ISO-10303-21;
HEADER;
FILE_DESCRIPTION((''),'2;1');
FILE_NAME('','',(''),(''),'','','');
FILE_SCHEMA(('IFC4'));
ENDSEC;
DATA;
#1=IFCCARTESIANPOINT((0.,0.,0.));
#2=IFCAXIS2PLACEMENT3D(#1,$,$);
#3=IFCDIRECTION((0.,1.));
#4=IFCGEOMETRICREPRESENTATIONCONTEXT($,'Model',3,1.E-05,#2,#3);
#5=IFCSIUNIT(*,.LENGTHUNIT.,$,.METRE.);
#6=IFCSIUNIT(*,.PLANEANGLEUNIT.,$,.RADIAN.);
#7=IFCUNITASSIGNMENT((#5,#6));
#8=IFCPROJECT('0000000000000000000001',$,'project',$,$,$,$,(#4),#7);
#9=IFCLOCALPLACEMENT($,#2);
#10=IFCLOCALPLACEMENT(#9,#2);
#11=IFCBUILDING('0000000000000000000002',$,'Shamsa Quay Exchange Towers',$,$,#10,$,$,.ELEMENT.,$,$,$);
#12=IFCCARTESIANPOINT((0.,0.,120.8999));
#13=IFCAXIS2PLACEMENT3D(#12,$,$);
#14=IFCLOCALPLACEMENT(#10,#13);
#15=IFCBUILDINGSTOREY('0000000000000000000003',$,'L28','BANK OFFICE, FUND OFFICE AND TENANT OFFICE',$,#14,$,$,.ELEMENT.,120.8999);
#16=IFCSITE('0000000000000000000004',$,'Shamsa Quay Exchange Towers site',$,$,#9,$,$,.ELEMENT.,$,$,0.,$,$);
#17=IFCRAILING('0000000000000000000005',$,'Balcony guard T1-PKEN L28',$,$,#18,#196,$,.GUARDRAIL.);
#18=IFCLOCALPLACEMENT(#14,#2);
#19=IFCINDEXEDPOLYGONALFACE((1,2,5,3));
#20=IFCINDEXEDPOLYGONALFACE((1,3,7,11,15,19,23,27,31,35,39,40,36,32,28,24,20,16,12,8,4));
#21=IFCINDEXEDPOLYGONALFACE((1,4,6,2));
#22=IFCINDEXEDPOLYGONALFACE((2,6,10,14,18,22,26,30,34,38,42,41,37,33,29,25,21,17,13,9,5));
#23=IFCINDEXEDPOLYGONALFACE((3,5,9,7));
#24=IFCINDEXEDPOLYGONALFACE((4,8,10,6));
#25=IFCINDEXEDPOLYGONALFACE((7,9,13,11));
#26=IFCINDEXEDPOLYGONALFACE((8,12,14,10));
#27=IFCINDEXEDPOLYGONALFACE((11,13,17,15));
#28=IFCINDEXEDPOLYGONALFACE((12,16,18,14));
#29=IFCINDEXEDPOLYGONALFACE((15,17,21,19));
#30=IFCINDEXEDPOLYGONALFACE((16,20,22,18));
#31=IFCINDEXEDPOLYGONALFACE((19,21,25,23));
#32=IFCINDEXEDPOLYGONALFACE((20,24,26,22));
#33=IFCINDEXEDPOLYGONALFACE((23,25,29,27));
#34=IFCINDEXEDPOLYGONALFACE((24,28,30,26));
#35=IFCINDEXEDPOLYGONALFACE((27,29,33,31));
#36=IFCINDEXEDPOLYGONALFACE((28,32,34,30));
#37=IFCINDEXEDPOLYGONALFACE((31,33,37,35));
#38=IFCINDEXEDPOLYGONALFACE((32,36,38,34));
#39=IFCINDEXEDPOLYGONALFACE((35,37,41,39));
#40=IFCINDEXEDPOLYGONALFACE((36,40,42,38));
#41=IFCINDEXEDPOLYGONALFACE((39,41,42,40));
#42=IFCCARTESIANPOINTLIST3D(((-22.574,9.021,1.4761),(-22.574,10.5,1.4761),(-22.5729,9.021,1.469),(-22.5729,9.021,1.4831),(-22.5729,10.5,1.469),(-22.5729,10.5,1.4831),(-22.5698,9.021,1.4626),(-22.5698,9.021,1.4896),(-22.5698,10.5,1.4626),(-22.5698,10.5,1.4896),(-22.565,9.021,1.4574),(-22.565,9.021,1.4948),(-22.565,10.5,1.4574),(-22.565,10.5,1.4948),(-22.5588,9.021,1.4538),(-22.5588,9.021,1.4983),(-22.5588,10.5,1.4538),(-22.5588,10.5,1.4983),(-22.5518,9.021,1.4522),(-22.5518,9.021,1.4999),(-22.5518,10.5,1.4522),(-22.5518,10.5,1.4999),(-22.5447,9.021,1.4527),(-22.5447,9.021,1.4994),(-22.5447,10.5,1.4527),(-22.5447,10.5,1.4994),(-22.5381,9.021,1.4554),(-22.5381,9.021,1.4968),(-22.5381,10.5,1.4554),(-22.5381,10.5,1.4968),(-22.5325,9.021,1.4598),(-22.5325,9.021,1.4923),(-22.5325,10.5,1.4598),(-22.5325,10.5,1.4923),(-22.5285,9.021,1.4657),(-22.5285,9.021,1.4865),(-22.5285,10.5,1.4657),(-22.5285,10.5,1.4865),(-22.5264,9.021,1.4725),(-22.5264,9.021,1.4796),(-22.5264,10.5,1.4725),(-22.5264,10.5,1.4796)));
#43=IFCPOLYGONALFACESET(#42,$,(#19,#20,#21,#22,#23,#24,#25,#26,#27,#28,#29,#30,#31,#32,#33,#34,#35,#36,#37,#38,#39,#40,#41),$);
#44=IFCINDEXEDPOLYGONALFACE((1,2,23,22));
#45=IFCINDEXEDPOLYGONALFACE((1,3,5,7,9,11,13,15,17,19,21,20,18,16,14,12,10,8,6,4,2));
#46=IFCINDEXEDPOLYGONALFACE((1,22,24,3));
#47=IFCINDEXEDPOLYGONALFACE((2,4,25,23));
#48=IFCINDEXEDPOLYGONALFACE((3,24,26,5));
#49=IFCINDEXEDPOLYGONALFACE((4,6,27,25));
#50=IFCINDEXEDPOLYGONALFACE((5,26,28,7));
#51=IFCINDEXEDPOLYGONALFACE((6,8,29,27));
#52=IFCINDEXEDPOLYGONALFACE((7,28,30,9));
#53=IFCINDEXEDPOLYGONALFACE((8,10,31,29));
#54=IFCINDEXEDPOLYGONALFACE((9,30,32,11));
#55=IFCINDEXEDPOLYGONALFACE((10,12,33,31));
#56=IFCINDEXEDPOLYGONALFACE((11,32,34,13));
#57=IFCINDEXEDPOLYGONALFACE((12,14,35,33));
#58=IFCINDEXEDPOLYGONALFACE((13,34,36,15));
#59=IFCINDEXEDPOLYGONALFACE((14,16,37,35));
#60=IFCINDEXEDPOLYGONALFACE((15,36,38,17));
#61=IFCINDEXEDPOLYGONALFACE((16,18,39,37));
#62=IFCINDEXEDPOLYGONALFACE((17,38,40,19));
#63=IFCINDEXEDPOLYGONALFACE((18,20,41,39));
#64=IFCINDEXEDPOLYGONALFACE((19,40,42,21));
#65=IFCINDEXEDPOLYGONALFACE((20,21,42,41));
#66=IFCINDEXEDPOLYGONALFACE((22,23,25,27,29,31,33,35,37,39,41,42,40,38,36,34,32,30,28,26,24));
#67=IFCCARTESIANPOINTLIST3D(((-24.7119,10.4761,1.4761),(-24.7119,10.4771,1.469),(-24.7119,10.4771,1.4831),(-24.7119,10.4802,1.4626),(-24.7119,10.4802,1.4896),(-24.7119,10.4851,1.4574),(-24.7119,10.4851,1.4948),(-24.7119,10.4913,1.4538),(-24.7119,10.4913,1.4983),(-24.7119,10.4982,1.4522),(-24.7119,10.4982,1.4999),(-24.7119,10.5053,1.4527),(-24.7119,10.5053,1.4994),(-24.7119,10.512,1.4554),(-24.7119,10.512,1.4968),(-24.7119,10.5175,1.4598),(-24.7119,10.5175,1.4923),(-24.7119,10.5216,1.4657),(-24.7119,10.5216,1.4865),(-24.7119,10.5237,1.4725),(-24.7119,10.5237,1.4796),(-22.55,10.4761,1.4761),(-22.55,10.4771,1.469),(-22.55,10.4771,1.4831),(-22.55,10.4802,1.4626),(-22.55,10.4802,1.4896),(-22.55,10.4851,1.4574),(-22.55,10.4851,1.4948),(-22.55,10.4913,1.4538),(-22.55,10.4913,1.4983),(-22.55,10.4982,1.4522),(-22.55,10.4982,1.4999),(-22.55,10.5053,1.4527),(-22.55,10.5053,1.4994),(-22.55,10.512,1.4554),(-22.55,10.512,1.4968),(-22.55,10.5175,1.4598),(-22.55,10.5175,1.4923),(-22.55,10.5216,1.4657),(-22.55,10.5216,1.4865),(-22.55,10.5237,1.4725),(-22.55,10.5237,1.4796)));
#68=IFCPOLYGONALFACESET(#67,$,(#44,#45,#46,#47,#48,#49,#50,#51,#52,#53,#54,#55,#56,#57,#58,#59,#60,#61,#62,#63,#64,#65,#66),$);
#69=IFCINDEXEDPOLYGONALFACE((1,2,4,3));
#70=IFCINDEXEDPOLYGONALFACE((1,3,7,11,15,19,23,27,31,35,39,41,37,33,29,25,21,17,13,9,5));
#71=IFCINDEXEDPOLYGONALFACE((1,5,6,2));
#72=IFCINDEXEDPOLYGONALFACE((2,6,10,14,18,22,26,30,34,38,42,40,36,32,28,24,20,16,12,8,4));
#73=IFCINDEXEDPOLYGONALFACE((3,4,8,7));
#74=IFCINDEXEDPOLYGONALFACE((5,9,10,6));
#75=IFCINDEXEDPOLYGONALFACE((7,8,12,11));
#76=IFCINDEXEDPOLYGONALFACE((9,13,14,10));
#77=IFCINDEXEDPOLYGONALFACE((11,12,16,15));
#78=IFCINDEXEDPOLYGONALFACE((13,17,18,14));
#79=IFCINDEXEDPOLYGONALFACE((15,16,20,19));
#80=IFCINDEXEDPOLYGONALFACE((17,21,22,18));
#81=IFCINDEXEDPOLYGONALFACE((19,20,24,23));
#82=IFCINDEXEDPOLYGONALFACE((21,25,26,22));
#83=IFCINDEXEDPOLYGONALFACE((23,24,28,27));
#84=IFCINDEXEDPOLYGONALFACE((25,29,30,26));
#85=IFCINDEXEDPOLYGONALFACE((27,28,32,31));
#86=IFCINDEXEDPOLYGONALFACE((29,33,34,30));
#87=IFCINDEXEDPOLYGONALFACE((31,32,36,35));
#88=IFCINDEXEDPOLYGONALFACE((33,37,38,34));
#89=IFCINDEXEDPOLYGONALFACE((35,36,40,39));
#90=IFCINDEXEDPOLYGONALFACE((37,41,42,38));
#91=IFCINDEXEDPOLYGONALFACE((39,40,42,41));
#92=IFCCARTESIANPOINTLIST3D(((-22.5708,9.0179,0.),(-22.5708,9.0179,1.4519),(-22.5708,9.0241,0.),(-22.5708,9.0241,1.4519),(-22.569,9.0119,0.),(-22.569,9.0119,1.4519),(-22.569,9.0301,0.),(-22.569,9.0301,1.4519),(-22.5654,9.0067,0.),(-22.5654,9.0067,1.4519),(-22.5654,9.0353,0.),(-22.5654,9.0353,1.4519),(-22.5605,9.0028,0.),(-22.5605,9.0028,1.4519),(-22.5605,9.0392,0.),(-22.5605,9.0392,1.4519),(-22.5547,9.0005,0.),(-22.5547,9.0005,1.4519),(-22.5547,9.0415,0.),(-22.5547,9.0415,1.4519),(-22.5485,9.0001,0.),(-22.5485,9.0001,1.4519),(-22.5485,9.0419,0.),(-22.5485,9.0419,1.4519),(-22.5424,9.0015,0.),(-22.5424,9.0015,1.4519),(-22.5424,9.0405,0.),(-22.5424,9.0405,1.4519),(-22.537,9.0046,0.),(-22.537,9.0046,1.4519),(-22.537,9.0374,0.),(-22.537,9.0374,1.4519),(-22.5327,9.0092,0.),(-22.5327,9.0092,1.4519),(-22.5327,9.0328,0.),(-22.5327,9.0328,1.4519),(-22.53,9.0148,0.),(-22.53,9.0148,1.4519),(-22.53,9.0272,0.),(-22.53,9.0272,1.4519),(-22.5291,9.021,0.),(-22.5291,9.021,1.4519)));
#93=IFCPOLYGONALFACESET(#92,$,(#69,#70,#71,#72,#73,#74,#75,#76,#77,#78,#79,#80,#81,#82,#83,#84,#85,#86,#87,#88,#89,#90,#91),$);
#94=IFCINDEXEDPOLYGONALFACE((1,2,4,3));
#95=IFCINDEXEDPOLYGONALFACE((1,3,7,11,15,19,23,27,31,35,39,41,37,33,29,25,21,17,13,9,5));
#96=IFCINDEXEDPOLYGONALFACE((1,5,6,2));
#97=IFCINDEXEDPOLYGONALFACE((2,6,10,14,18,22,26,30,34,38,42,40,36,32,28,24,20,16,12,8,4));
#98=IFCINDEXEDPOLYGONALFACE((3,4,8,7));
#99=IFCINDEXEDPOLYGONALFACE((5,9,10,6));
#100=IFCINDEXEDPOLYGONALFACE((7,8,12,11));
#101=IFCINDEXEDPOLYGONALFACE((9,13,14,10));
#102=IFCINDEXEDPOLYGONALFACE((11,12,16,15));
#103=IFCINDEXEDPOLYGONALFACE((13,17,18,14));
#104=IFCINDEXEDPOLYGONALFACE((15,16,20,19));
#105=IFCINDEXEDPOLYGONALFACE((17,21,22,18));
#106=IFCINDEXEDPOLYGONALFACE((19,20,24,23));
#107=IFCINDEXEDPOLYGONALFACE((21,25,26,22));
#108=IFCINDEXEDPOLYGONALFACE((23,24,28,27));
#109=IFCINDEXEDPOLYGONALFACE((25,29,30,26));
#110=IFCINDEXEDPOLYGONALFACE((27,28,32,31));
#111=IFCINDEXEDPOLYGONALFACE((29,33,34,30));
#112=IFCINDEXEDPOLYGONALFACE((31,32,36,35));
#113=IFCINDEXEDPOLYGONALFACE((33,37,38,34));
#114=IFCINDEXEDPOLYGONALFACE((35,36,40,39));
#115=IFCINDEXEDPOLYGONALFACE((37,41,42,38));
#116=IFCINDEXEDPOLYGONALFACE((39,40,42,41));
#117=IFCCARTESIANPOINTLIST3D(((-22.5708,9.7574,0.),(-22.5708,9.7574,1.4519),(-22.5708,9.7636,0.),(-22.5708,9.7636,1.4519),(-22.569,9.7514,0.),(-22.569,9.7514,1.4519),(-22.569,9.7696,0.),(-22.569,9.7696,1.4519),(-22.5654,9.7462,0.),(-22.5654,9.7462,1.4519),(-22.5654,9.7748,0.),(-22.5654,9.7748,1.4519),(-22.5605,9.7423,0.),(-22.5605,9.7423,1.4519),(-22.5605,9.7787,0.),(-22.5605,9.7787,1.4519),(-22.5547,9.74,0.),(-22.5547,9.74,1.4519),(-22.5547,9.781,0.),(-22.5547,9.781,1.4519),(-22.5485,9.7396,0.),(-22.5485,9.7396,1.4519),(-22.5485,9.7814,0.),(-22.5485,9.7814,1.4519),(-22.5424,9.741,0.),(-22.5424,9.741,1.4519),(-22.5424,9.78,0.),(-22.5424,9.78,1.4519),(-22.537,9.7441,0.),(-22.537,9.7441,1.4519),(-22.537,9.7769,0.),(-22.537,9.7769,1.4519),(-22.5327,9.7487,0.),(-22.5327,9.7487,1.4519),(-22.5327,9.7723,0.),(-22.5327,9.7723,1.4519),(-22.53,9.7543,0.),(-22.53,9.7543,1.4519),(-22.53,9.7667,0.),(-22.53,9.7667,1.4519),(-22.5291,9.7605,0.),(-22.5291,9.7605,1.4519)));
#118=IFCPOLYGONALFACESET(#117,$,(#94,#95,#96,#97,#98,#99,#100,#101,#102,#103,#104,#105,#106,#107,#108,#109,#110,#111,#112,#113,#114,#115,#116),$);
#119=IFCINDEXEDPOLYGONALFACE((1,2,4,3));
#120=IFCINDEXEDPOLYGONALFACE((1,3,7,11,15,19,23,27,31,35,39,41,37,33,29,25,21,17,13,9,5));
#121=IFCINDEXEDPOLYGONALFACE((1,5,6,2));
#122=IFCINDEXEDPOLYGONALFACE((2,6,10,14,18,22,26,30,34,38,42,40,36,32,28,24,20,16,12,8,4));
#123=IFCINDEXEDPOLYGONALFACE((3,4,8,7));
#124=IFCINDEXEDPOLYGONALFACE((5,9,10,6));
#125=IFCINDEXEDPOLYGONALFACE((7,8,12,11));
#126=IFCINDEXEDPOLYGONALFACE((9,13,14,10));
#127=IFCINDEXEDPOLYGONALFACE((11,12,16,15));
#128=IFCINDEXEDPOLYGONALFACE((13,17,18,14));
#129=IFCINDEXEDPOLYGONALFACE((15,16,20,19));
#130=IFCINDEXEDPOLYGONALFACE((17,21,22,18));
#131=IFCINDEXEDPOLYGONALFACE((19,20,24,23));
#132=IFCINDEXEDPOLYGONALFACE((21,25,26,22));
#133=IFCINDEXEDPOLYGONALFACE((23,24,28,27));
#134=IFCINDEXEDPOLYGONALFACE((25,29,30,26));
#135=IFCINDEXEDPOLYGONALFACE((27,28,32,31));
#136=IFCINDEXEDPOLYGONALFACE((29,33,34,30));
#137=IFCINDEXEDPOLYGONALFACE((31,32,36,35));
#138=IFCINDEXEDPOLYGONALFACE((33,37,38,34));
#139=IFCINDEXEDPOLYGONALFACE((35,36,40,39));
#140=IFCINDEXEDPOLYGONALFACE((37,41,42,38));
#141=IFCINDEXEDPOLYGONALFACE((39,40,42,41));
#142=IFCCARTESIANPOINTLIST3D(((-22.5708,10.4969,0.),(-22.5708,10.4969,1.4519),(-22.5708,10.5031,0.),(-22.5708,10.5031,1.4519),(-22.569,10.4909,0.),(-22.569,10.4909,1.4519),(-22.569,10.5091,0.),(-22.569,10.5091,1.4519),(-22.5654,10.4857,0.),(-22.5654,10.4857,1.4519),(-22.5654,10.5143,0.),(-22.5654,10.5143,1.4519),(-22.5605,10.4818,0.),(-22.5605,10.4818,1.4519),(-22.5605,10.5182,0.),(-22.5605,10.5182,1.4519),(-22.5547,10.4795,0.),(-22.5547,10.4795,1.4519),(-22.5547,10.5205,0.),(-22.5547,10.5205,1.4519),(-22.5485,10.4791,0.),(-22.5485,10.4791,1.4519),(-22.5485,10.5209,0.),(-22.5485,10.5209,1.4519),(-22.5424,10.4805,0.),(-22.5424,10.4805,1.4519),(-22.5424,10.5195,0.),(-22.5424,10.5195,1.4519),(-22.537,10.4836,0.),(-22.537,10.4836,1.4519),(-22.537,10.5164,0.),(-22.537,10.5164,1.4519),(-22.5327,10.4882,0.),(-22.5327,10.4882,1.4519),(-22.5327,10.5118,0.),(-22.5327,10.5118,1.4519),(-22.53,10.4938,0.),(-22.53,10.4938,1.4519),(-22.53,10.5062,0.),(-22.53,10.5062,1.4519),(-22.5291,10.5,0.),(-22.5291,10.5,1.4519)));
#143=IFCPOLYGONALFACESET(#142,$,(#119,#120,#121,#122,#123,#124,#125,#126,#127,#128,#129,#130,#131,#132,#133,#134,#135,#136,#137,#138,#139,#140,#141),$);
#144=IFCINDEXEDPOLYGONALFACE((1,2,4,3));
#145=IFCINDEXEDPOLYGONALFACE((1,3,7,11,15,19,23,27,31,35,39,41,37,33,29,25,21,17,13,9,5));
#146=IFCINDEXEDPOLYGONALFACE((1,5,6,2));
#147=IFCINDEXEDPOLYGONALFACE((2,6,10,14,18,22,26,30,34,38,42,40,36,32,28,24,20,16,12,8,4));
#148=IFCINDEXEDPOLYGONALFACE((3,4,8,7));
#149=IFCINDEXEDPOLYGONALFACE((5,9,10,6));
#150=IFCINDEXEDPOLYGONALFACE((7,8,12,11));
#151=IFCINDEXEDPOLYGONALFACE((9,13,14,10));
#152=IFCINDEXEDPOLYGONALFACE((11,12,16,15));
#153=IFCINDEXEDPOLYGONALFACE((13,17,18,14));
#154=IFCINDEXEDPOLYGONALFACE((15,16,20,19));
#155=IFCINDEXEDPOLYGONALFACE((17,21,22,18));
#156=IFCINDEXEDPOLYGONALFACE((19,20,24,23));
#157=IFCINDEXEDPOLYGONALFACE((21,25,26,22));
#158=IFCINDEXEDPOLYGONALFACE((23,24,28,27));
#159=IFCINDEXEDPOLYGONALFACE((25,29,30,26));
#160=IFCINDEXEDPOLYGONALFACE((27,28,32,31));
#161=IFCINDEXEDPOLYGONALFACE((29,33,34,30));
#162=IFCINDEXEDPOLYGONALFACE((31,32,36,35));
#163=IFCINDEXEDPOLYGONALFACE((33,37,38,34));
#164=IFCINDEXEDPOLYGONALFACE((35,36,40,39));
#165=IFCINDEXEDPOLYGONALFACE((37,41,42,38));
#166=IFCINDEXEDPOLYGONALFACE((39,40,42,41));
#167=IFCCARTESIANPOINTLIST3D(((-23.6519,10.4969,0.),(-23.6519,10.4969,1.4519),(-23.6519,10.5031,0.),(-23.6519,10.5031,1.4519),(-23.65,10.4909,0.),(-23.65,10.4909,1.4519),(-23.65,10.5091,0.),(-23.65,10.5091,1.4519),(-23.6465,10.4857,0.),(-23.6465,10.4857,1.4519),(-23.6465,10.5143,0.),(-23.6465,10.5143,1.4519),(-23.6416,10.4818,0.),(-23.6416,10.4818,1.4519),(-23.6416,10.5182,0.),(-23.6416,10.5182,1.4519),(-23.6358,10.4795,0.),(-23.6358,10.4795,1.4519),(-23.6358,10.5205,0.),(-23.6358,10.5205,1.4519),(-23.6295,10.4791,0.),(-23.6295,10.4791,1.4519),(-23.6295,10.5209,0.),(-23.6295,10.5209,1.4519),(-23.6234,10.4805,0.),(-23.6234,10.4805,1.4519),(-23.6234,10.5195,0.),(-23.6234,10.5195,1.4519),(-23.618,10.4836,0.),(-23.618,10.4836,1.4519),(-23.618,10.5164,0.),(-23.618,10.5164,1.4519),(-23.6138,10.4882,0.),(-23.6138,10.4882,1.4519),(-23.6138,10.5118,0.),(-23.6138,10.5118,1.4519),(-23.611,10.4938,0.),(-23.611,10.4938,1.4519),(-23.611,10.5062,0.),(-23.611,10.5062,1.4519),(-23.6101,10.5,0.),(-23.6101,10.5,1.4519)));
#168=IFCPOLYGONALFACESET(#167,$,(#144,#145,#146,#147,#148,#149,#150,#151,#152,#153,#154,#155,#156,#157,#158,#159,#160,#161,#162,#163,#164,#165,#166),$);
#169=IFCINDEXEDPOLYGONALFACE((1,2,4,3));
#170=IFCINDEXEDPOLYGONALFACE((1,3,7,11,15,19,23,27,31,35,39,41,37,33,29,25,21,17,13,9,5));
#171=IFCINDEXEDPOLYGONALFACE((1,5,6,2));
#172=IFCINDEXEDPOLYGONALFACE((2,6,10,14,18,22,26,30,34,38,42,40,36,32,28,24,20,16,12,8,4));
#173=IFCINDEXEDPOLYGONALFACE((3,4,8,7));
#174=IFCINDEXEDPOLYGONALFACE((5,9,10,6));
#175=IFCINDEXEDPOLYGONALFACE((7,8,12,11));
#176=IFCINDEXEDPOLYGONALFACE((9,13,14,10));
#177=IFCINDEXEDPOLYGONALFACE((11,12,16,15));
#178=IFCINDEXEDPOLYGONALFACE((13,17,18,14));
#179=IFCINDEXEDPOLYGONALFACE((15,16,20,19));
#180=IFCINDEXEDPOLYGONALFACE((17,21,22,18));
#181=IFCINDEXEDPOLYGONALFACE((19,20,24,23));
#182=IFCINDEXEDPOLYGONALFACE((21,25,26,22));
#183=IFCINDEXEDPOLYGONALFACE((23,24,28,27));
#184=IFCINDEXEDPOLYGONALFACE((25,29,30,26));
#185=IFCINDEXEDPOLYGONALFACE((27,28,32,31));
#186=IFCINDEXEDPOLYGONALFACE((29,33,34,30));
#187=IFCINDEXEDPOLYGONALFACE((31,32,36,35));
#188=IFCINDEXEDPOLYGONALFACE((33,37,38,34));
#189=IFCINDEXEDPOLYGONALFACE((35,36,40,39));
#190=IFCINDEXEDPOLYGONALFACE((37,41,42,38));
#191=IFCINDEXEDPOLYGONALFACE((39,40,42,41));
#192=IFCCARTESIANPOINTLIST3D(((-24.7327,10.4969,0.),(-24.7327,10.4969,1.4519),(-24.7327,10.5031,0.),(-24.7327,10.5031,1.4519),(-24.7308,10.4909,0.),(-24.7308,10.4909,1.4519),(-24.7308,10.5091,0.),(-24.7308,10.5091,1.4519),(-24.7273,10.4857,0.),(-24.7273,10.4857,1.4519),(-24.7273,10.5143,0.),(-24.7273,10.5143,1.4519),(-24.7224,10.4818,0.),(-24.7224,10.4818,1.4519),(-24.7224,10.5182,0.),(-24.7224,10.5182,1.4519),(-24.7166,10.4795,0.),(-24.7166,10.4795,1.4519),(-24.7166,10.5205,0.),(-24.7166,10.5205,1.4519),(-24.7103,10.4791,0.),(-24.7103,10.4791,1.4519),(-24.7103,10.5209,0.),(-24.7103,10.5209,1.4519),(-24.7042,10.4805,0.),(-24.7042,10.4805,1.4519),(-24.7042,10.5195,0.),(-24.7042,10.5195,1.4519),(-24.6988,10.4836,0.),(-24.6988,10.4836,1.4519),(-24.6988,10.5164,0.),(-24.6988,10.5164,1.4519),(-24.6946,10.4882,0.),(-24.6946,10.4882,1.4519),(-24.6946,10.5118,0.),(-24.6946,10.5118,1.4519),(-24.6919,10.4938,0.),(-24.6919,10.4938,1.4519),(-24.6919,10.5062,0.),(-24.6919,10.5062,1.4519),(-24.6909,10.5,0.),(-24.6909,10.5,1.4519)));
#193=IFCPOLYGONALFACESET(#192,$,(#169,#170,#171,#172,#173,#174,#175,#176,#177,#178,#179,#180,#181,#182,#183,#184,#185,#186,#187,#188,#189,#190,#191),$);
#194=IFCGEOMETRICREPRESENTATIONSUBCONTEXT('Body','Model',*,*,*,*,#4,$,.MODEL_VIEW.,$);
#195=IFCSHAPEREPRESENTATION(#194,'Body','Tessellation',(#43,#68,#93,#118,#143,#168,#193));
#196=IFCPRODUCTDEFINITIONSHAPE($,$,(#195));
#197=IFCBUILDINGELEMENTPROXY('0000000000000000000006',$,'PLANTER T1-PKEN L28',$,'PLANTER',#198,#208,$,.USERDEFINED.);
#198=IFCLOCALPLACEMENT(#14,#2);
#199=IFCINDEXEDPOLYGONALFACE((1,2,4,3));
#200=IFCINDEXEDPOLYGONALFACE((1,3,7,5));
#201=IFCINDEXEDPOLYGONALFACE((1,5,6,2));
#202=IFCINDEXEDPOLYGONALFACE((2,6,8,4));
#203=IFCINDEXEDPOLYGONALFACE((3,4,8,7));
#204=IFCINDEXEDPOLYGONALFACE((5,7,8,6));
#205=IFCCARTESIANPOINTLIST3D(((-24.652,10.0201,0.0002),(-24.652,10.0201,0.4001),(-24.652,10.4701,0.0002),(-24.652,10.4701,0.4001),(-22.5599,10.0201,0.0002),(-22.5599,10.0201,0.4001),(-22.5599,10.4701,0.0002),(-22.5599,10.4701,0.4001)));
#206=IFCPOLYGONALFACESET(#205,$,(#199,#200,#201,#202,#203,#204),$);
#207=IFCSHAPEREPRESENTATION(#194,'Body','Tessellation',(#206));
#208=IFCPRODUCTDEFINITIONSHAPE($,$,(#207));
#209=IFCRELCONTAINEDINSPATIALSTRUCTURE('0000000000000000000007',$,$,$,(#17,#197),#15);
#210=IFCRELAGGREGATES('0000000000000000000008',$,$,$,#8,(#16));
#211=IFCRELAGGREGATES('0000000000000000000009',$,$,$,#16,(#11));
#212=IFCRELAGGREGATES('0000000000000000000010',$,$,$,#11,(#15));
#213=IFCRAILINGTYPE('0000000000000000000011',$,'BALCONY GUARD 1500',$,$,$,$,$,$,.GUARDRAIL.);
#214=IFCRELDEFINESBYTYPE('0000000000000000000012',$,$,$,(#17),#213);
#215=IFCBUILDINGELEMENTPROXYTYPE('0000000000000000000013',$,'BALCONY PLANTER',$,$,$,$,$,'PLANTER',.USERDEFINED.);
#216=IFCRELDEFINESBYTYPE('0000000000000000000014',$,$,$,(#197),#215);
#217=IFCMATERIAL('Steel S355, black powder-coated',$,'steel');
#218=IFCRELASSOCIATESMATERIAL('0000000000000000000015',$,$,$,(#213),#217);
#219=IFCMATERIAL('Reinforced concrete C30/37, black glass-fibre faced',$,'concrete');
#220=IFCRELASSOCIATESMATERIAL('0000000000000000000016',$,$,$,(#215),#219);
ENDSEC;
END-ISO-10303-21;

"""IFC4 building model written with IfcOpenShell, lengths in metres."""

from ifc_helpers import new_model, si_unit, direction, frame, origin, origin_2d, place, context, subcontext, project, spatial, rectangle, circle, extrude, material, type_object, element, save


model = new_model("IFC4")

# Units and contexts
model_context = context("Model", 3, precision=1e-05, world=origin(), true_north=direction((0.0, 1.0)))
body_context = subcontext(model_context, "Body", "Model", "MODEL_VIEW")
ifc_project = project(units=[si_unit("LENGTHUNIT", "METRE"), si_unit("PLANEANGLEUNIT", "RADIAN")], contexts=[model_context])

# Site, building, storey
site_placement = place(None, origin())
site = spatial("IfcSite", under=ifc_project, at=site_placement, Name="Shamsa Quay Exchange Towers site", CompositionType="ELEMENT", RefElevation=0.0)
building_placement = place(site_placement, origin())
building = spatial("IfcBuilding", under=site, at=building_placement, Name="Shamsa Quay Exchange Towers", CompositionType="ELEMENT")
storey_placement = place(building_placement, frame((0.0, 0.0, 120.8999)))
storey = spatial("IfcBuildingStorey", under=building, at=storey_placement, Name="L28", Description="BANK OFFICE, FUND OFFICE AND TENANT OFFICE", CompositionType="ELEMENT", Elevation=120.8999)

# Railing
ifc_material_1 = material(Name="Steel S355, black powder-coated", Category="steel")
railing_type = type_object("IfcRailingType", Name="BALCONY GUARD 1500", PredefinedType="GUARDRAIL", material=ifc_material_1)
railing_placement = place(storey_placement, frame((-22.55, 9.021, 0.0)))
element("IfcRailing", 1, at=railing_placement, inside=storey, type_object=railing_type, Name="Balcony guard T1-PKEN L28", PredefinedType="GUARDRAIL", context=body_context, shape_type="SweptSolid", body=[
    extrude(circle(Radius=0.0239, at=origin_2d()), frame((0.0, 0.0, 1.4761), z_axis=(0.0, 1.0, 0.0), x_axis=(-1.0, 0.0, 0.0)), (0.0, 0.0, 1.0), 1.479),
    extrude(circle(Radius=0.0239, at=origin_2d()), frame((0.0, 1.479, 1.4761), z_axis=(-1.0, 0.0, 0.0), x_axis=(0.0, -1.0, 0.0)), (0.0, 0.0, 1.0), 2.1619),
    extrude(circle(Radius=0.021, at=origin_2d()), origin(), (0.0, 0.0, 1.0), 1.4519),
    extrude(circle(Radius=0.021, at=origin_2d()), frame((0.0, 0.7395, 0.0)), (0.0, 0.0, 1.0), 1.4519),
    extrude(circle(Radius=0.021, at=origin_2d()), frame((0.0, 1.479, 0.0)), (0.0, 0.0, 1.0), 1.4519),
    extrude(circle(Radius=0.021, at=origin_2d()), frame((-1.0811, 1.479, 0.0)), (0.0, 0.0, 1.0), 1.4519),
    extrude(circle(Radius=0.021, at=origin_2d()), frame((-2.1619, 1.479, 0.0)), (0.0, 0.0, 1.0), 1.4519),
])

# Building element proxy
ifc_material_2 = material(Name="Reinforced concrete C30/37, black glass-fibre faced", Category="concrete")
building_element_proxy_type = type_object("IfcBuildingElementProxyType", Name="BALCONY PLANTER", ElementType="PLANTER", PredefinedType="USERDEFINED", material=ifc_material_2)
proxy_placement = place(storey_placement, frame((-23.606, 10.2451, 0.0002), z_axis=(0.0, 0.0, 1.0), x_axis=(-1.0, 0.0, 0.0)))
element("IfcBuildingElementProxy", 2, at=proxy_placement, inside=storey, type_object=building_element_proxy_type, Name="PLANTER T1-PKEN L28", ObjectType="PLANTER", PredefinedType="USERDEFINED", context=body_context, shape_type="SweptSolid", body=[
    extrude(rectangle(XDim=2.092, YDim=0.45, at=origin_2d()), origin(), (0.0, 0.0, 1.0), 0.3999),
])

save(model, "model.ifc")
